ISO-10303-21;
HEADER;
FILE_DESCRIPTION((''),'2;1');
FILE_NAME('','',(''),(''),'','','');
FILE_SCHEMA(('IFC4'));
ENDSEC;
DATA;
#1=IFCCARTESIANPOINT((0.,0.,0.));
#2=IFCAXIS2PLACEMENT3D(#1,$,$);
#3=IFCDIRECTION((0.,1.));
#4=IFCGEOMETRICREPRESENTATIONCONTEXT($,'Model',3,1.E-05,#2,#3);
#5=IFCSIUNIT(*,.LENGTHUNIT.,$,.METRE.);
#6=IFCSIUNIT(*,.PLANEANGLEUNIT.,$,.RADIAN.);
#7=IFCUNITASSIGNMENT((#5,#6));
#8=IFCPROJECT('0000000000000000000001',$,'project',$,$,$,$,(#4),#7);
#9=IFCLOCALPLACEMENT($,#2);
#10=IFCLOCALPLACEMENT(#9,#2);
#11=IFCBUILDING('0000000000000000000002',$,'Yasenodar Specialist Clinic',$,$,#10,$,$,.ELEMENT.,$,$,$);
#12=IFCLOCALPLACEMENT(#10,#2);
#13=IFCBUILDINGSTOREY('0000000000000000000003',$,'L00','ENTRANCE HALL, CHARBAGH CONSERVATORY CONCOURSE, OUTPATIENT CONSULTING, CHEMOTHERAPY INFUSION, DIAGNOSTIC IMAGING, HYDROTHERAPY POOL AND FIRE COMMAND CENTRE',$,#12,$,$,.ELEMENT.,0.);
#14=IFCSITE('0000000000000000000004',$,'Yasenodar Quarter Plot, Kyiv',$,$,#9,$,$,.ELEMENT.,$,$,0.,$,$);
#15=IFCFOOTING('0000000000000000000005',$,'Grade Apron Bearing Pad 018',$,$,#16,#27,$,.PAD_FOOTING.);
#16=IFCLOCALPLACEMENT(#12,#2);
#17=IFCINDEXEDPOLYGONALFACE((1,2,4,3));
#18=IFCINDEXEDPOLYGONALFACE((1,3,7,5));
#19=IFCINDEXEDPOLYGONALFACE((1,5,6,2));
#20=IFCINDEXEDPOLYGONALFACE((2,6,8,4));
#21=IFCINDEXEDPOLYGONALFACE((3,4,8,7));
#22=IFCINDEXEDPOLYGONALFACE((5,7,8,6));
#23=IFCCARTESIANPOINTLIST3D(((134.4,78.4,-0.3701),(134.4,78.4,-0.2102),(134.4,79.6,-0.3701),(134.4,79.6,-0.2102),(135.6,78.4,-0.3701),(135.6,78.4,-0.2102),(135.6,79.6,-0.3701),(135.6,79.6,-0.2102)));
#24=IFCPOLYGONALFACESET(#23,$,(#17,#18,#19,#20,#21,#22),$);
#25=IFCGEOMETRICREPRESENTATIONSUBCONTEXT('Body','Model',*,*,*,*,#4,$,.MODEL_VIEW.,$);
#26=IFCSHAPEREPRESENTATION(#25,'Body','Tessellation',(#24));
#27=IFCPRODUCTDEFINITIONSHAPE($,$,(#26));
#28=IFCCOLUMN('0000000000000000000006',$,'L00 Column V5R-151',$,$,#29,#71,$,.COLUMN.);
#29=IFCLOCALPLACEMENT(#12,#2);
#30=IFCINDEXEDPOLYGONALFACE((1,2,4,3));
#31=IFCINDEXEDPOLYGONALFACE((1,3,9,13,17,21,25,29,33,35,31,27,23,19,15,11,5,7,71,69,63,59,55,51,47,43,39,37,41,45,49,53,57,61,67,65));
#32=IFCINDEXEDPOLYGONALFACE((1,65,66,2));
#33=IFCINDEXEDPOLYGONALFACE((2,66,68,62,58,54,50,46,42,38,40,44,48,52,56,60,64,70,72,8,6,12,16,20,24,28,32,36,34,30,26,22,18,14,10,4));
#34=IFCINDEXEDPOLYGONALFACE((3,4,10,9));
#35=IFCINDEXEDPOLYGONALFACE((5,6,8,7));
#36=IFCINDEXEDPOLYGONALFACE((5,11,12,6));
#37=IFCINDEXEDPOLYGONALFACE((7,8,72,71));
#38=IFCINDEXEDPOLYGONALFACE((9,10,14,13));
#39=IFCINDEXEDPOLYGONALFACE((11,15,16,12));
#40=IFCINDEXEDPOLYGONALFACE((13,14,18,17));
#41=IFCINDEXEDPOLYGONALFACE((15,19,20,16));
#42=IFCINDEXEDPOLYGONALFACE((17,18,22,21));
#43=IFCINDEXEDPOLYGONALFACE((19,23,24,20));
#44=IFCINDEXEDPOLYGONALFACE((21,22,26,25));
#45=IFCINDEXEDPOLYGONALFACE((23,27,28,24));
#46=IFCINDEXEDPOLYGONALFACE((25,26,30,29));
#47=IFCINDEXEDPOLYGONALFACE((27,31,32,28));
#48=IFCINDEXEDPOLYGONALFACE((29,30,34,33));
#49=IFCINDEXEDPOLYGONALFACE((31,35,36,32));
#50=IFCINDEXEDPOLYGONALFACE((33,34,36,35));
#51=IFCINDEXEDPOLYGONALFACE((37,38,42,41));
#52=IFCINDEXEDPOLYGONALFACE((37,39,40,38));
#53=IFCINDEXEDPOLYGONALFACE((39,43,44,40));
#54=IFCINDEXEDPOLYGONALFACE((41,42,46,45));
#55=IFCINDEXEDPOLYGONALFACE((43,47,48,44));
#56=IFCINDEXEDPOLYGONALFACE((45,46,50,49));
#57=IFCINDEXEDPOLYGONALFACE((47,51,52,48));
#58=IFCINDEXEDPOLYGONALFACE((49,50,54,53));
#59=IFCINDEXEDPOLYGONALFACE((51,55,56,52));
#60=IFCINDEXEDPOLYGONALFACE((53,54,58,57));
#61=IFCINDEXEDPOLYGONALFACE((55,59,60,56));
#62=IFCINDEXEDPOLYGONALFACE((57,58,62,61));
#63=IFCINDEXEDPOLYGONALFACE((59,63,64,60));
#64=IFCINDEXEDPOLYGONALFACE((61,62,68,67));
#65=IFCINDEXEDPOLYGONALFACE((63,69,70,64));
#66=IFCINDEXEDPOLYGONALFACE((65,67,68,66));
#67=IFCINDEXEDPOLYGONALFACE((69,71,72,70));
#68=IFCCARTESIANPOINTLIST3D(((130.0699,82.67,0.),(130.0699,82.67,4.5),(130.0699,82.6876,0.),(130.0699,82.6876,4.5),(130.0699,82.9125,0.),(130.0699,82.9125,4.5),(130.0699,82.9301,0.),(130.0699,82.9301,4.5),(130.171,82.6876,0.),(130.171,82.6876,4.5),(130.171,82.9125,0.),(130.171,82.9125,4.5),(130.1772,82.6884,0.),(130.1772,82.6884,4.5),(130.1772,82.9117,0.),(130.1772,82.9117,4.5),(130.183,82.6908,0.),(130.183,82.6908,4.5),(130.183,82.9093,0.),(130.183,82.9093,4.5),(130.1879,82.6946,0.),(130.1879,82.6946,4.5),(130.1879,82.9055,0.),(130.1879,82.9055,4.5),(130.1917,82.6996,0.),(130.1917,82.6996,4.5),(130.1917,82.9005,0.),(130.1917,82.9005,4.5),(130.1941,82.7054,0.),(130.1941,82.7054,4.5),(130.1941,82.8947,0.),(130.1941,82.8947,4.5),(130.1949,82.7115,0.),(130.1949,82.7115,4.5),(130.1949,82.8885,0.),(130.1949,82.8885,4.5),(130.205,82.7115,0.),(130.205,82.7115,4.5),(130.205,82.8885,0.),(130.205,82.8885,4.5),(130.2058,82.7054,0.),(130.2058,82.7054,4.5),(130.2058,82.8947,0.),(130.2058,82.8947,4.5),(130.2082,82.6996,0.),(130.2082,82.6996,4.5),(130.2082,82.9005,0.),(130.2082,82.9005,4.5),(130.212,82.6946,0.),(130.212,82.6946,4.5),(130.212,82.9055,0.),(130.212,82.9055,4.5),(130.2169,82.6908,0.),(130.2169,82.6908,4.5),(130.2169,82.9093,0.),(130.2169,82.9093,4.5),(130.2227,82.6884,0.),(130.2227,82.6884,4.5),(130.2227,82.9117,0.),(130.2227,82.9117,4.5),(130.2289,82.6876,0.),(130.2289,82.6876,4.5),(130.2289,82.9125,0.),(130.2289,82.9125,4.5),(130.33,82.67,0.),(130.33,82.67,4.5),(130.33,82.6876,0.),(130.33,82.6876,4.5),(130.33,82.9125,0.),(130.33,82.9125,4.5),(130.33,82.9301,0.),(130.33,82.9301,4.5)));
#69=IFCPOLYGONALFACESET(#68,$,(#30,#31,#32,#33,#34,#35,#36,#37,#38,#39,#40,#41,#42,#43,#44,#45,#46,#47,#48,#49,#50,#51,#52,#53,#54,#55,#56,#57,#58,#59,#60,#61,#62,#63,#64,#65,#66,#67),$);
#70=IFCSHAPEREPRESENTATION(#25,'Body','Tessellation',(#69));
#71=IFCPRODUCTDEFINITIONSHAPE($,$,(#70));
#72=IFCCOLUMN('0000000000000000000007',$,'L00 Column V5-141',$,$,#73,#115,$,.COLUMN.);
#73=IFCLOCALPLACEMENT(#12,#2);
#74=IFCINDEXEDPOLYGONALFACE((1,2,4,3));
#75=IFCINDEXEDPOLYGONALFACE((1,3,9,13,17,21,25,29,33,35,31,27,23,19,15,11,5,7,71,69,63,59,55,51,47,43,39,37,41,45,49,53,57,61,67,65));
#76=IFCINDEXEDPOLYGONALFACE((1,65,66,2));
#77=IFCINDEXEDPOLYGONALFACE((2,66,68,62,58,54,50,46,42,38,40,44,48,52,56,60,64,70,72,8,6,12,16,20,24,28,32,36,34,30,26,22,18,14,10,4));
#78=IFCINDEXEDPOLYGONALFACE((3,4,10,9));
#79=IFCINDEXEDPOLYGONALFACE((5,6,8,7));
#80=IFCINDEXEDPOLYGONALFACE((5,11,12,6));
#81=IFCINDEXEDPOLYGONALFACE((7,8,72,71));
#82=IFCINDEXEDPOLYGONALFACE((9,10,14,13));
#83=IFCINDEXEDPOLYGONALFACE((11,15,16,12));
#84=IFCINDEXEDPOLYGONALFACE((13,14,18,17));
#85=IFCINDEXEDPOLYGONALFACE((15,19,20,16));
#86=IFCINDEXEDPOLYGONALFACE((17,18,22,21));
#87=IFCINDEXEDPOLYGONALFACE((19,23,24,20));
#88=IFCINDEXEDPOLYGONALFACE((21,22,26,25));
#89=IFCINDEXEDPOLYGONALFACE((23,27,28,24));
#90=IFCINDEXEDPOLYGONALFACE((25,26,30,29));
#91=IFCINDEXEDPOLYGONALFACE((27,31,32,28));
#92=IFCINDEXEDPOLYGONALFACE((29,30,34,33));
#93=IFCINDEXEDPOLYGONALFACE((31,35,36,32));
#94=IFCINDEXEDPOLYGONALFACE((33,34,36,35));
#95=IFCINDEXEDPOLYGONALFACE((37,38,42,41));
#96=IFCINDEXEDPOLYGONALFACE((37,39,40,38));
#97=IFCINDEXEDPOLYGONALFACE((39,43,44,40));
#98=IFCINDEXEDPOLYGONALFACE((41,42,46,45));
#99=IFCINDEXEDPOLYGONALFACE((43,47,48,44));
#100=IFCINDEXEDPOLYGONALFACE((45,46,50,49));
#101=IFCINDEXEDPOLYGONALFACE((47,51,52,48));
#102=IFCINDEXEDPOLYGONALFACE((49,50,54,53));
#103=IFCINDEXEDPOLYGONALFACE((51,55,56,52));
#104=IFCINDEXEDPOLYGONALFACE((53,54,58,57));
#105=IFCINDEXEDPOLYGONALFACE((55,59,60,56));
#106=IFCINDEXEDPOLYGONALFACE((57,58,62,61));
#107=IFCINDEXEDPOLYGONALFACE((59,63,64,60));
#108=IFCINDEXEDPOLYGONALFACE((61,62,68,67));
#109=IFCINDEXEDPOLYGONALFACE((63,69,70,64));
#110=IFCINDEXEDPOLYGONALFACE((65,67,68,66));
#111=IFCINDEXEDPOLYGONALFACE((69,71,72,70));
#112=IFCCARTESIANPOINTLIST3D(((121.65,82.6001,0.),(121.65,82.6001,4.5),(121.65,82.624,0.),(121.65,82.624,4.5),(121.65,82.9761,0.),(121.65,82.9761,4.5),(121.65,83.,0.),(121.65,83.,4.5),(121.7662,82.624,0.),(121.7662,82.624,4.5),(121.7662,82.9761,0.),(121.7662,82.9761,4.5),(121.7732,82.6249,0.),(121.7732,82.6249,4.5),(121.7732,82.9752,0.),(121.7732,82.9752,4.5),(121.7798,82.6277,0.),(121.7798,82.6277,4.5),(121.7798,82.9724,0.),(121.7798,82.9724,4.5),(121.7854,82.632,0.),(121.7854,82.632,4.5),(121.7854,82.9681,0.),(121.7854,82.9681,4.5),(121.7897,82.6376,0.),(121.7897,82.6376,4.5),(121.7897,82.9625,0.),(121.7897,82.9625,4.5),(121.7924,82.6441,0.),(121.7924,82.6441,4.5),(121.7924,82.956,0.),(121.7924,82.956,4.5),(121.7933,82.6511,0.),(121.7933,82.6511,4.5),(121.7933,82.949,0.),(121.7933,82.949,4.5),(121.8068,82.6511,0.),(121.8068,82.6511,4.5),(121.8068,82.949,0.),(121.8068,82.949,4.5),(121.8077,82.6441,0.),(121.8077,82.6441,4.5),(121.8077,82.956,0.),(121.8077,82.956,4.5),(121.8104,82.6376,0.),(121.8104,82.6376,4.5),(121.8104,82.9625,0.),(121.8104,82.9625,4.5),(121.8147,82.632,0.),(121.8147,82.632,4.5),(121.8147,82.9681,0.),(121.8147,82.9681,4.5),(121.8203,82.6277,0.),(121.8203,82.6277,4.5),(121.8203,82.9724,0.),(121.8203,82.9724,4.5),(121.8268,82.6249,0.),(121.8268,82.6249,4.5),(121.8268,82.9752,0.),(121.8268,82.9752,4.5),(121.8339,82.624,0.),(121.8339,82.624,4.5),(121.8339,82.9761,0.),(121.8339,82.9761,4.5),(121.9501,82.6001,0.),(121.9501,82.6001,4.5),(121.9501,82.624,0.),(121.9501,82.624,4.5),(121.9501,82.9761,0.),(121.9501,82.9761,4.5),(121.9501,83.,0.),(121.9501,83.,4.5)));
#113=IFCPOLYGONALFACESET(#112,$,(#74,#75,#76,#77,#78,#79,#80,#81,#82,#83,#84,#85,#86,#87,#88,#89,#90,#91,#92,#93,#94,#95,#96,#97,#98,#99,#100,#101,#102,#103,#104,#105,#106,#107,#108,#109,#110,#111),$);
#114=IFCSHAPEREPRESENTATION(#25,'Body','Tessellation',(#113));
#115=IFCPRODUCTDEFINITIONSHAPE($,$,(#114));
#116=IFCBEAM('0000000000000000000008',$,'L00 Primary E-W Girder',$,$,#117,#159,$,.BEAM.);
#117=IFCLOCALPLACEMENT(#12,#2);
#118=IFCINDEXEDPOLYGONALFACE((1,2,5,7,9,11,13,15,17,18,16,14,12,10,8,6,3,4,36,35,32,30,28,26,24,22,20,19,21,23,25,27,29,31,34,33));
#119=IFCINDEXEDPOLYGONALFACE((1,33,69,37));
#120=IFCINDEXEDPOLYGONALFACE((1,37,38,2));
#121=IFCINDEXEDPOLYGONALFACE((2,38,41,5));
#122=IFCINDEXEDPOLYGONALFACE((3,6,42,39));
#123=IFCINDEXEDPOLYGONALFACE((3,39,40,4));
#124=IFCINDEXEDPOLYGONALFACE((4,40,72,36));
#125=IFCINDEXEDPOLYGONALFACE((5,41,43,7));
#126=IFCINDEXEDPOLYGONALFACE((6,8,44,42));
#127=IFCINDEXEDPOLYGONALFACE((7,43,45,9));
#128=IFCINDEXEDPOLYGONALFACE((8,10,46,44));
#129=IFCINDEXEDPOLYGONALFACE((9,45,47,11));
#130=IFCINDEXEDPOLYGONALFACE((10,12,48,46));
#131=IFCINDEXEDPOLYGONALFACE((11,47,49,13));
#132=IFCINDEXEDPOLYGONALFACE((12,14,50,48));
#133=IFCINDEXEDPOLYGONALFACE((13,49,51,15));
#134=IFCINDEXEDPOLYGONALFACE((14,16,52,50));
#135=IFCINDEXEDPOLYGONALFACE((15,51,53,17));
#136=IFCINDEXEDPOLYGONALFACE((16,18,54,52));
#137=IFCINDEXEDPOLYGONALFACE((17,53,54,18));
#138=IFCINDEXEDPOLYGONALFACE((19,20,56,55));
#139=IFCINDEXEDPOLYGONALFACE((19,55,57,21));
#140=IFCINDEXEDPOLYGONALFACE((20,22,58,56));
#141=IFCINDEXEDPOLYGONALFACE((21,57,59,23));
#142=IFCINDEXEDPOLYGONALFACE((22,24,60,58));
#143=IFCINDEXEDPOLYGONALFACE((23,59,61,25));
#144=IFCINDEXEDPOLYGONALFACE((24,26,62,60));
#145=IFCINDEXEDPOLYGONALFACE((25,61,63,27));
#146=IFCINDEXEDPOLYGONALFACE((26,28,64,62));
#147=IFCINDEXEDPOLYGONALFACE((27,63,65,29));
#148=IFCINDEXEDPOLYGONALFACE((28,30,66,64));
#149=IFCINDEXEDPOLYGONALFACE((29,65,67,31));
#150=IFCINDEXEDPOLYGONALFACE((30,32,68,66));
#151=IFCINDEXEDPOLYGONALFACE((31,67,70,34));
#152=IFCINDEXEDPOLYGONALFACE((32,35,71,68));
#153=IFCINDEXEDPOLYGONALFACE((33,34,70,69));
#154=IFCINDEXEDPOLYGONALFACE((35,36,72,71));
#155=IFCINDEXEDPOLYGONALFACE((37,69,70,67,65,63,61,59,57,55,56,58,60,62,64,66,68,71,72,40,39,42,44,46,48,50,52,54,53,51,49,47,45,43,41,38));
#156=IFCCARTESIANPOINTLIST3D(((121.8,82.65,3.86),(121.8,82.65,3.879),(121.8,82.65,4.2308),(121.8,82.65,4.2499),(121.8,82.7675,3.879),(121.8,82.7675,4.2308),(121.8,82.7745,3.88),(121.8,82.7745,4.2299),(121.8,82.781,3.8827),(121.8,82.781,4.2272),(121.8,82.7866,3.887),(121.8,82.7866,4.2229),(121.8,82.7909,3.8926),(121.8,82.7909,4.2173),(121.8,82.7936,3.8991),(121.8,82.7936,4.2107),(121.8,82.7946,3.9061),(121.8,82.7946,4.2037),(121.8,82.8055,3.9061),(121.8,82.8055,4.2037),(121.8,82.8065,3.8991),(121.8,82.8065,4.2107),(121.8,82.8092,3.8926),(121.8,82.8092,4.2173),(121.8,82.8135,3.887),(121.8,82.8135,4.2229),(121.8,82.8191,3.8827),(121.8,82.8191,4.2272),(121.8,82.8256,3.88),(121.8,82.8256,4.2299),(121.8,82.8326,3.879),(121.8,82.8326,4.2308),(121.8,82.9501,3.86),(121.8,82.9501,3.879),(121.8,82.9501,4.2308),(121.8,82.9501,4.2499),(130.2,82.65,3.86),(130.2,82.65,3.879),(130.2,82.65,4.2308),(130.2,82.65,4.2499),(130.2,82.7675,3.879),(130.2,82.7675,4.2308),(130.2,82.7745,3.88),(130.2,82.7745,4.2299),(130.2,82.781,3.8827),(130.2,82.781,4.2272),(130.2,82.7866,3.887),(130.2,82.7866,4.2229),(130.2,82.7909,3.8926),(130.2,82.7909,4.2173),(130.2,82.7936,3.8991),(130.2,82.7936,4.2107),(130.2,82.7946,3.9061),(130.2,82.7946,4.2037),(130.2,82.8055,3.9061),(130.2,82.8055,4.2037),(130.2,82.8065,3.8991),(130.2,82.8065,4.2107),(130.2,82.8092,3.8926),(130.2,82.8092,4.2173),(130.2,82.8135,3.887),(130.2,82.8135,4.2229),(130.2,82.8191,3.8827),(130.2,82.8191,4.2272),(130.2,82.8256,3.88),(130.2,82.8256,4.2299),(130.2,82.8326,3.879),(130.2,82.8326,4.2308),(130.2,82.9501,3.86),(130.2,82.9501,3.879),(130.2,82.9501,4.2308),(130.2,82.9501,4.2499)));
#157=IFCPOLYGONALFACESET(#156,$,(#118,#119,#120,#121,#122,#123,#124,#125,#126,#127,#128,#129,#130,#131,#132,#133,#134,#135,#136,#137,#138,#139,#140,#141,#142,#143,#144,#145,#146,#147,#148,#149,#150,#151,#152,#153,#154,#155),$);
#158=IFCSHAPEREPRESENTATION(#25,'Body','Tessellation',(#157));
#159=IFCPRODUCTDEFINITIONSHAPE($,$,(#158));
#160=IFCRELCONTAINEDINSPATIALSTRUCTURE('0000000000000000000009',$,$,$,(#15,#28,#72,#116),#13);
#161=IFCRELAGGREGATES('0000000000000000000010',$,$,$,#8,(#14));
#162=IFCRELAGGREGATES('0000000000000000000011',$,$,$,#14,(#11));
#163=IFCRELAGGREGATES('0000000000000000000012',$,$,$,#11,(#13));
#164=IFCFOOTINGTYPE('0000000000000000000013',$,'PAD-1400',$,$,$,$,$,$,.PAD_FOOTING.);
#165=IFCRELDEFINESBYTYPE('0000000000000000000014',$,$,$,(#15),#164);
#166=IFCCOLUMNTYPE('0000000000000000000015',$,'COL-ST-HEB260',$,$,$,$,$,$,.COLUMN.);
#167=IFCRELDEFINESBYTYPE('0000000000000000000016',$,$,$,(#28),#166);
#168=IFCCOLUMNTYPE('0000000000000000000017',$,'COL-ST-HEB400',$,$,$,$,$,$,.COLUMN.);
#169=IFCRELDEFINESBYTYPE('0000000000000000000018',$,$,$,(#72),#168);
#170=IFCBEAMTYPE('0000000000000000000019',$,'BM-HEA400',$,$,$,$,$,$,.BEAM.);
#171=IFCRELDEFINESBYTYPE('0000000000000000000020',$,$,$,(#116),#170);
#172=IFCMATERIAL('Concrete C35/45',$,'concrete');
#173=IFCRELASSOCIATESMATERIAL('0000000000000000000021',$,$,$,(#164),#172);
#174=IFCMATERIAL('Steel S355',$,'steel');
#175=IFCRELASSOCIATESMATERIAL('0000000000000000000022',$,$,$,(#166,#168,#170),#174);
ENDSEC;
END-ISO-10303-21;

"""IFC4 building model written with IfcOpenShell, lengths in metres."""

from ifc_helpers import new_model, si_unit, direction, frame, origin, origin_2d, place, context, subcontext, project, spatial, rectangle, i_section, extrude, material, material_profile, profile_set, type_object, element, save


model = new_model("IFC4")

# Units and contexts
model_context = context("Model", 3, precision=1e-05, world=origin(), true_north=direction((0.0, 1.0)))
body_context = subcontext(model_context, "Body", "Model", "MODEL_VIEW")
ifc_project = project(units=[si_unit("LENGTHUNIT", "METRE"), si_unit("PLANEANGLEUNIT", "RADIAN")], contexts=[model_context])

# Site, building, storey
site_placement = place(None, origin())
site = spatial("IfcSite", under=ifc_project, at=site_placement, Name="Yasenodar Quarter Plot, Kyiv", CompositionType="ELEMENT", RefElevation=0.0)
building_placement = place(site_placement, origin())
building = spatial("IfcBuilding", under=site, at=building_placement, Name="Yasenodar Specialist Clinic", CompositionType="ELEMENT")
storey_placement = place(building_placement, origin())
storey = spatial("IfcBuildingStorey", under=building, at=storey_placement, Name="L00", Description="ENTRANCE HALL, CHARBAGH CONSERVATORY CONCOURSE, OUTPATIENT CONSULTING, CHEMOTHERAPY INFUSION, DIAGNOSTIC IMAGING, HYDROTHERAPY POOL AND FIRE COMMAND CENTRE", CompositionType="ELEMENT", Elevation=0.0)

# Footing
ifc_material_1 = material(Name="Concrete C35/45", Category="concrete")
footing_type = type_object("IfcFootingType", Name="PAD-1400", PredefinedType="PAD_FOOTING", material=ifc_material_1)
footing_placement = place(storey_placement, frame((135.0, 79.0, -0.3701), z_axis=(0.0, 0.0, 1.0), x_axis=(1.0, 0.0, 0.0)))
element("IfcFooting", 1, at=footing_placement, inside=storey, type_object=footing_type, Name="Grade Apron Bearing Pad 018", PredefinedType="PAD_FOOTING", context=body_context, shape_type="SweptSolid", body=[
    extrude(rectangle(XDim=1.2, YDim=1.2, at=origin_2d()), origin(), (0.0, 0.0, 1.0), 0.1599),
])

# Columns
ifc_material_2 = material(Name="Steel S355", Category="steel")
ifc_material_profile_1 = material_profile(ifc_material_2, i_section(OverallWidth=0.26, OverallDepth=0.26, WebThickness=0.01, FlangeThickness=0.0176, FilletRadius=0.0239, at=origin_2d()), Name="HEB 260")
ifc_profile_set_1 = profile_set([ifc_material_profile_1], Name="Steel S355")
column_type_1 = type_object("IfcColumnType", Name="COL-ST-HEB260", PredefinedType="COLUMN", material=ifc_profile_set_1)
column_1_placement = place(storey_placement, frame((130.2, 82.8, 0.0), z_axis=(0.0, 0.0, 1.0), x_axis=(1.0, 0.0, 0.0)))
element("IfcColumn", 2, at=column_1_placement, inside=storey, type_object=column_type_1, Name="L00 Column V5R-151", PredefinedType="COLUMN", context=body_context, shape_type="SweptSolid", body=[
    extrude(i_section(OverallWidth=0.26, OverallDepth=0.26, WebThickness=0.01, FlangeThickness=0.0176, FilletRadius=0.0239, at=origin_2d()), origin(), (0.0, 0.0, 1.0), 4.5),
])
ifc_material_profile_2 = material_profile(ifc_material_2, i_section(OverallWidth=0.3, OverallDepth=0.3999, WebThickness=0.0134, FlangeThickness=0.0239, FilletRadius=0.0271, at=origin_2d()), Name="HEB 400")
ifc_profile_set_2 = profile_set([ifc_material_profile_2], Name="Steel S355")
column_type_2 = type_object("IfcColumnType", Name="COL-ST-HEB400", PredefinedType="COLUMN", material=ifc_profile_set_2)
column_2_placement = place(storey_placement, frame((121.8, 82.8, 0.0), z_axis=(0.0, 0.0, 1.0), x_axis=(1.0, 0.0, 0.0)))
element("IfcColumn", 3, at=column_2_placement, inside=storey, type_object=column_type_2, Name="L00 Column V5-141", PredefinedType="COLUMN", context=body_context, shape_type="SweptSolid", body=[
    extrude(i_section(OverallWidth=0.3, OverallDepth=0.3999, WebThickness=0.0134, FlangeThickness=0.0239, FilletRadius=0.0271, at=origin_2d()), origin(), (0.0, 0.0, 1.0), 4.5),
])

# Beam
ifc_material_profile_3 = material_profile(ifc_material_2, i_section(OverallWidth=0.3, OverallDepth=0.3899, WebThickness=0.011, FlangeThickness=0.019, FilletRadius=0.0271, at=origin_2d()), Name="HEA 400")
ifc_profile_set_3 = profile_set([ifc_material_profile_3], Name="Steel S355")
beam_type_1 = type_object("IfcBeamType", Name="BM-HEA400", PredefinedType="BEAM", material=ifc_profile_set_3)
beam_1_placement = place(storey_placement, frame((121.8, 82.8, 4.0549), z_axis=(1.0, 0.0, 0.0), x_axis=(0.0, 1.0, 0.0)))
element("IfcBeam", 4, at=beam_1_placement, inside=storey, type_object=beam_type_1, Name="L00 Primary E-W Girder", PredefinedType="BEAM", context=body_context, shape_type="SweptSolid", body=[
    extrude(i_section(OverallWidth=0.3, OverallDepth=0.3899, WebThickness=0.011, FlangeThickness=0.019, FilletRadius=0.0271, at=origin_2d()), origin(), (0.0, 0.0, 1.0), 8.3999),
])

save(model, "model.ifc")
